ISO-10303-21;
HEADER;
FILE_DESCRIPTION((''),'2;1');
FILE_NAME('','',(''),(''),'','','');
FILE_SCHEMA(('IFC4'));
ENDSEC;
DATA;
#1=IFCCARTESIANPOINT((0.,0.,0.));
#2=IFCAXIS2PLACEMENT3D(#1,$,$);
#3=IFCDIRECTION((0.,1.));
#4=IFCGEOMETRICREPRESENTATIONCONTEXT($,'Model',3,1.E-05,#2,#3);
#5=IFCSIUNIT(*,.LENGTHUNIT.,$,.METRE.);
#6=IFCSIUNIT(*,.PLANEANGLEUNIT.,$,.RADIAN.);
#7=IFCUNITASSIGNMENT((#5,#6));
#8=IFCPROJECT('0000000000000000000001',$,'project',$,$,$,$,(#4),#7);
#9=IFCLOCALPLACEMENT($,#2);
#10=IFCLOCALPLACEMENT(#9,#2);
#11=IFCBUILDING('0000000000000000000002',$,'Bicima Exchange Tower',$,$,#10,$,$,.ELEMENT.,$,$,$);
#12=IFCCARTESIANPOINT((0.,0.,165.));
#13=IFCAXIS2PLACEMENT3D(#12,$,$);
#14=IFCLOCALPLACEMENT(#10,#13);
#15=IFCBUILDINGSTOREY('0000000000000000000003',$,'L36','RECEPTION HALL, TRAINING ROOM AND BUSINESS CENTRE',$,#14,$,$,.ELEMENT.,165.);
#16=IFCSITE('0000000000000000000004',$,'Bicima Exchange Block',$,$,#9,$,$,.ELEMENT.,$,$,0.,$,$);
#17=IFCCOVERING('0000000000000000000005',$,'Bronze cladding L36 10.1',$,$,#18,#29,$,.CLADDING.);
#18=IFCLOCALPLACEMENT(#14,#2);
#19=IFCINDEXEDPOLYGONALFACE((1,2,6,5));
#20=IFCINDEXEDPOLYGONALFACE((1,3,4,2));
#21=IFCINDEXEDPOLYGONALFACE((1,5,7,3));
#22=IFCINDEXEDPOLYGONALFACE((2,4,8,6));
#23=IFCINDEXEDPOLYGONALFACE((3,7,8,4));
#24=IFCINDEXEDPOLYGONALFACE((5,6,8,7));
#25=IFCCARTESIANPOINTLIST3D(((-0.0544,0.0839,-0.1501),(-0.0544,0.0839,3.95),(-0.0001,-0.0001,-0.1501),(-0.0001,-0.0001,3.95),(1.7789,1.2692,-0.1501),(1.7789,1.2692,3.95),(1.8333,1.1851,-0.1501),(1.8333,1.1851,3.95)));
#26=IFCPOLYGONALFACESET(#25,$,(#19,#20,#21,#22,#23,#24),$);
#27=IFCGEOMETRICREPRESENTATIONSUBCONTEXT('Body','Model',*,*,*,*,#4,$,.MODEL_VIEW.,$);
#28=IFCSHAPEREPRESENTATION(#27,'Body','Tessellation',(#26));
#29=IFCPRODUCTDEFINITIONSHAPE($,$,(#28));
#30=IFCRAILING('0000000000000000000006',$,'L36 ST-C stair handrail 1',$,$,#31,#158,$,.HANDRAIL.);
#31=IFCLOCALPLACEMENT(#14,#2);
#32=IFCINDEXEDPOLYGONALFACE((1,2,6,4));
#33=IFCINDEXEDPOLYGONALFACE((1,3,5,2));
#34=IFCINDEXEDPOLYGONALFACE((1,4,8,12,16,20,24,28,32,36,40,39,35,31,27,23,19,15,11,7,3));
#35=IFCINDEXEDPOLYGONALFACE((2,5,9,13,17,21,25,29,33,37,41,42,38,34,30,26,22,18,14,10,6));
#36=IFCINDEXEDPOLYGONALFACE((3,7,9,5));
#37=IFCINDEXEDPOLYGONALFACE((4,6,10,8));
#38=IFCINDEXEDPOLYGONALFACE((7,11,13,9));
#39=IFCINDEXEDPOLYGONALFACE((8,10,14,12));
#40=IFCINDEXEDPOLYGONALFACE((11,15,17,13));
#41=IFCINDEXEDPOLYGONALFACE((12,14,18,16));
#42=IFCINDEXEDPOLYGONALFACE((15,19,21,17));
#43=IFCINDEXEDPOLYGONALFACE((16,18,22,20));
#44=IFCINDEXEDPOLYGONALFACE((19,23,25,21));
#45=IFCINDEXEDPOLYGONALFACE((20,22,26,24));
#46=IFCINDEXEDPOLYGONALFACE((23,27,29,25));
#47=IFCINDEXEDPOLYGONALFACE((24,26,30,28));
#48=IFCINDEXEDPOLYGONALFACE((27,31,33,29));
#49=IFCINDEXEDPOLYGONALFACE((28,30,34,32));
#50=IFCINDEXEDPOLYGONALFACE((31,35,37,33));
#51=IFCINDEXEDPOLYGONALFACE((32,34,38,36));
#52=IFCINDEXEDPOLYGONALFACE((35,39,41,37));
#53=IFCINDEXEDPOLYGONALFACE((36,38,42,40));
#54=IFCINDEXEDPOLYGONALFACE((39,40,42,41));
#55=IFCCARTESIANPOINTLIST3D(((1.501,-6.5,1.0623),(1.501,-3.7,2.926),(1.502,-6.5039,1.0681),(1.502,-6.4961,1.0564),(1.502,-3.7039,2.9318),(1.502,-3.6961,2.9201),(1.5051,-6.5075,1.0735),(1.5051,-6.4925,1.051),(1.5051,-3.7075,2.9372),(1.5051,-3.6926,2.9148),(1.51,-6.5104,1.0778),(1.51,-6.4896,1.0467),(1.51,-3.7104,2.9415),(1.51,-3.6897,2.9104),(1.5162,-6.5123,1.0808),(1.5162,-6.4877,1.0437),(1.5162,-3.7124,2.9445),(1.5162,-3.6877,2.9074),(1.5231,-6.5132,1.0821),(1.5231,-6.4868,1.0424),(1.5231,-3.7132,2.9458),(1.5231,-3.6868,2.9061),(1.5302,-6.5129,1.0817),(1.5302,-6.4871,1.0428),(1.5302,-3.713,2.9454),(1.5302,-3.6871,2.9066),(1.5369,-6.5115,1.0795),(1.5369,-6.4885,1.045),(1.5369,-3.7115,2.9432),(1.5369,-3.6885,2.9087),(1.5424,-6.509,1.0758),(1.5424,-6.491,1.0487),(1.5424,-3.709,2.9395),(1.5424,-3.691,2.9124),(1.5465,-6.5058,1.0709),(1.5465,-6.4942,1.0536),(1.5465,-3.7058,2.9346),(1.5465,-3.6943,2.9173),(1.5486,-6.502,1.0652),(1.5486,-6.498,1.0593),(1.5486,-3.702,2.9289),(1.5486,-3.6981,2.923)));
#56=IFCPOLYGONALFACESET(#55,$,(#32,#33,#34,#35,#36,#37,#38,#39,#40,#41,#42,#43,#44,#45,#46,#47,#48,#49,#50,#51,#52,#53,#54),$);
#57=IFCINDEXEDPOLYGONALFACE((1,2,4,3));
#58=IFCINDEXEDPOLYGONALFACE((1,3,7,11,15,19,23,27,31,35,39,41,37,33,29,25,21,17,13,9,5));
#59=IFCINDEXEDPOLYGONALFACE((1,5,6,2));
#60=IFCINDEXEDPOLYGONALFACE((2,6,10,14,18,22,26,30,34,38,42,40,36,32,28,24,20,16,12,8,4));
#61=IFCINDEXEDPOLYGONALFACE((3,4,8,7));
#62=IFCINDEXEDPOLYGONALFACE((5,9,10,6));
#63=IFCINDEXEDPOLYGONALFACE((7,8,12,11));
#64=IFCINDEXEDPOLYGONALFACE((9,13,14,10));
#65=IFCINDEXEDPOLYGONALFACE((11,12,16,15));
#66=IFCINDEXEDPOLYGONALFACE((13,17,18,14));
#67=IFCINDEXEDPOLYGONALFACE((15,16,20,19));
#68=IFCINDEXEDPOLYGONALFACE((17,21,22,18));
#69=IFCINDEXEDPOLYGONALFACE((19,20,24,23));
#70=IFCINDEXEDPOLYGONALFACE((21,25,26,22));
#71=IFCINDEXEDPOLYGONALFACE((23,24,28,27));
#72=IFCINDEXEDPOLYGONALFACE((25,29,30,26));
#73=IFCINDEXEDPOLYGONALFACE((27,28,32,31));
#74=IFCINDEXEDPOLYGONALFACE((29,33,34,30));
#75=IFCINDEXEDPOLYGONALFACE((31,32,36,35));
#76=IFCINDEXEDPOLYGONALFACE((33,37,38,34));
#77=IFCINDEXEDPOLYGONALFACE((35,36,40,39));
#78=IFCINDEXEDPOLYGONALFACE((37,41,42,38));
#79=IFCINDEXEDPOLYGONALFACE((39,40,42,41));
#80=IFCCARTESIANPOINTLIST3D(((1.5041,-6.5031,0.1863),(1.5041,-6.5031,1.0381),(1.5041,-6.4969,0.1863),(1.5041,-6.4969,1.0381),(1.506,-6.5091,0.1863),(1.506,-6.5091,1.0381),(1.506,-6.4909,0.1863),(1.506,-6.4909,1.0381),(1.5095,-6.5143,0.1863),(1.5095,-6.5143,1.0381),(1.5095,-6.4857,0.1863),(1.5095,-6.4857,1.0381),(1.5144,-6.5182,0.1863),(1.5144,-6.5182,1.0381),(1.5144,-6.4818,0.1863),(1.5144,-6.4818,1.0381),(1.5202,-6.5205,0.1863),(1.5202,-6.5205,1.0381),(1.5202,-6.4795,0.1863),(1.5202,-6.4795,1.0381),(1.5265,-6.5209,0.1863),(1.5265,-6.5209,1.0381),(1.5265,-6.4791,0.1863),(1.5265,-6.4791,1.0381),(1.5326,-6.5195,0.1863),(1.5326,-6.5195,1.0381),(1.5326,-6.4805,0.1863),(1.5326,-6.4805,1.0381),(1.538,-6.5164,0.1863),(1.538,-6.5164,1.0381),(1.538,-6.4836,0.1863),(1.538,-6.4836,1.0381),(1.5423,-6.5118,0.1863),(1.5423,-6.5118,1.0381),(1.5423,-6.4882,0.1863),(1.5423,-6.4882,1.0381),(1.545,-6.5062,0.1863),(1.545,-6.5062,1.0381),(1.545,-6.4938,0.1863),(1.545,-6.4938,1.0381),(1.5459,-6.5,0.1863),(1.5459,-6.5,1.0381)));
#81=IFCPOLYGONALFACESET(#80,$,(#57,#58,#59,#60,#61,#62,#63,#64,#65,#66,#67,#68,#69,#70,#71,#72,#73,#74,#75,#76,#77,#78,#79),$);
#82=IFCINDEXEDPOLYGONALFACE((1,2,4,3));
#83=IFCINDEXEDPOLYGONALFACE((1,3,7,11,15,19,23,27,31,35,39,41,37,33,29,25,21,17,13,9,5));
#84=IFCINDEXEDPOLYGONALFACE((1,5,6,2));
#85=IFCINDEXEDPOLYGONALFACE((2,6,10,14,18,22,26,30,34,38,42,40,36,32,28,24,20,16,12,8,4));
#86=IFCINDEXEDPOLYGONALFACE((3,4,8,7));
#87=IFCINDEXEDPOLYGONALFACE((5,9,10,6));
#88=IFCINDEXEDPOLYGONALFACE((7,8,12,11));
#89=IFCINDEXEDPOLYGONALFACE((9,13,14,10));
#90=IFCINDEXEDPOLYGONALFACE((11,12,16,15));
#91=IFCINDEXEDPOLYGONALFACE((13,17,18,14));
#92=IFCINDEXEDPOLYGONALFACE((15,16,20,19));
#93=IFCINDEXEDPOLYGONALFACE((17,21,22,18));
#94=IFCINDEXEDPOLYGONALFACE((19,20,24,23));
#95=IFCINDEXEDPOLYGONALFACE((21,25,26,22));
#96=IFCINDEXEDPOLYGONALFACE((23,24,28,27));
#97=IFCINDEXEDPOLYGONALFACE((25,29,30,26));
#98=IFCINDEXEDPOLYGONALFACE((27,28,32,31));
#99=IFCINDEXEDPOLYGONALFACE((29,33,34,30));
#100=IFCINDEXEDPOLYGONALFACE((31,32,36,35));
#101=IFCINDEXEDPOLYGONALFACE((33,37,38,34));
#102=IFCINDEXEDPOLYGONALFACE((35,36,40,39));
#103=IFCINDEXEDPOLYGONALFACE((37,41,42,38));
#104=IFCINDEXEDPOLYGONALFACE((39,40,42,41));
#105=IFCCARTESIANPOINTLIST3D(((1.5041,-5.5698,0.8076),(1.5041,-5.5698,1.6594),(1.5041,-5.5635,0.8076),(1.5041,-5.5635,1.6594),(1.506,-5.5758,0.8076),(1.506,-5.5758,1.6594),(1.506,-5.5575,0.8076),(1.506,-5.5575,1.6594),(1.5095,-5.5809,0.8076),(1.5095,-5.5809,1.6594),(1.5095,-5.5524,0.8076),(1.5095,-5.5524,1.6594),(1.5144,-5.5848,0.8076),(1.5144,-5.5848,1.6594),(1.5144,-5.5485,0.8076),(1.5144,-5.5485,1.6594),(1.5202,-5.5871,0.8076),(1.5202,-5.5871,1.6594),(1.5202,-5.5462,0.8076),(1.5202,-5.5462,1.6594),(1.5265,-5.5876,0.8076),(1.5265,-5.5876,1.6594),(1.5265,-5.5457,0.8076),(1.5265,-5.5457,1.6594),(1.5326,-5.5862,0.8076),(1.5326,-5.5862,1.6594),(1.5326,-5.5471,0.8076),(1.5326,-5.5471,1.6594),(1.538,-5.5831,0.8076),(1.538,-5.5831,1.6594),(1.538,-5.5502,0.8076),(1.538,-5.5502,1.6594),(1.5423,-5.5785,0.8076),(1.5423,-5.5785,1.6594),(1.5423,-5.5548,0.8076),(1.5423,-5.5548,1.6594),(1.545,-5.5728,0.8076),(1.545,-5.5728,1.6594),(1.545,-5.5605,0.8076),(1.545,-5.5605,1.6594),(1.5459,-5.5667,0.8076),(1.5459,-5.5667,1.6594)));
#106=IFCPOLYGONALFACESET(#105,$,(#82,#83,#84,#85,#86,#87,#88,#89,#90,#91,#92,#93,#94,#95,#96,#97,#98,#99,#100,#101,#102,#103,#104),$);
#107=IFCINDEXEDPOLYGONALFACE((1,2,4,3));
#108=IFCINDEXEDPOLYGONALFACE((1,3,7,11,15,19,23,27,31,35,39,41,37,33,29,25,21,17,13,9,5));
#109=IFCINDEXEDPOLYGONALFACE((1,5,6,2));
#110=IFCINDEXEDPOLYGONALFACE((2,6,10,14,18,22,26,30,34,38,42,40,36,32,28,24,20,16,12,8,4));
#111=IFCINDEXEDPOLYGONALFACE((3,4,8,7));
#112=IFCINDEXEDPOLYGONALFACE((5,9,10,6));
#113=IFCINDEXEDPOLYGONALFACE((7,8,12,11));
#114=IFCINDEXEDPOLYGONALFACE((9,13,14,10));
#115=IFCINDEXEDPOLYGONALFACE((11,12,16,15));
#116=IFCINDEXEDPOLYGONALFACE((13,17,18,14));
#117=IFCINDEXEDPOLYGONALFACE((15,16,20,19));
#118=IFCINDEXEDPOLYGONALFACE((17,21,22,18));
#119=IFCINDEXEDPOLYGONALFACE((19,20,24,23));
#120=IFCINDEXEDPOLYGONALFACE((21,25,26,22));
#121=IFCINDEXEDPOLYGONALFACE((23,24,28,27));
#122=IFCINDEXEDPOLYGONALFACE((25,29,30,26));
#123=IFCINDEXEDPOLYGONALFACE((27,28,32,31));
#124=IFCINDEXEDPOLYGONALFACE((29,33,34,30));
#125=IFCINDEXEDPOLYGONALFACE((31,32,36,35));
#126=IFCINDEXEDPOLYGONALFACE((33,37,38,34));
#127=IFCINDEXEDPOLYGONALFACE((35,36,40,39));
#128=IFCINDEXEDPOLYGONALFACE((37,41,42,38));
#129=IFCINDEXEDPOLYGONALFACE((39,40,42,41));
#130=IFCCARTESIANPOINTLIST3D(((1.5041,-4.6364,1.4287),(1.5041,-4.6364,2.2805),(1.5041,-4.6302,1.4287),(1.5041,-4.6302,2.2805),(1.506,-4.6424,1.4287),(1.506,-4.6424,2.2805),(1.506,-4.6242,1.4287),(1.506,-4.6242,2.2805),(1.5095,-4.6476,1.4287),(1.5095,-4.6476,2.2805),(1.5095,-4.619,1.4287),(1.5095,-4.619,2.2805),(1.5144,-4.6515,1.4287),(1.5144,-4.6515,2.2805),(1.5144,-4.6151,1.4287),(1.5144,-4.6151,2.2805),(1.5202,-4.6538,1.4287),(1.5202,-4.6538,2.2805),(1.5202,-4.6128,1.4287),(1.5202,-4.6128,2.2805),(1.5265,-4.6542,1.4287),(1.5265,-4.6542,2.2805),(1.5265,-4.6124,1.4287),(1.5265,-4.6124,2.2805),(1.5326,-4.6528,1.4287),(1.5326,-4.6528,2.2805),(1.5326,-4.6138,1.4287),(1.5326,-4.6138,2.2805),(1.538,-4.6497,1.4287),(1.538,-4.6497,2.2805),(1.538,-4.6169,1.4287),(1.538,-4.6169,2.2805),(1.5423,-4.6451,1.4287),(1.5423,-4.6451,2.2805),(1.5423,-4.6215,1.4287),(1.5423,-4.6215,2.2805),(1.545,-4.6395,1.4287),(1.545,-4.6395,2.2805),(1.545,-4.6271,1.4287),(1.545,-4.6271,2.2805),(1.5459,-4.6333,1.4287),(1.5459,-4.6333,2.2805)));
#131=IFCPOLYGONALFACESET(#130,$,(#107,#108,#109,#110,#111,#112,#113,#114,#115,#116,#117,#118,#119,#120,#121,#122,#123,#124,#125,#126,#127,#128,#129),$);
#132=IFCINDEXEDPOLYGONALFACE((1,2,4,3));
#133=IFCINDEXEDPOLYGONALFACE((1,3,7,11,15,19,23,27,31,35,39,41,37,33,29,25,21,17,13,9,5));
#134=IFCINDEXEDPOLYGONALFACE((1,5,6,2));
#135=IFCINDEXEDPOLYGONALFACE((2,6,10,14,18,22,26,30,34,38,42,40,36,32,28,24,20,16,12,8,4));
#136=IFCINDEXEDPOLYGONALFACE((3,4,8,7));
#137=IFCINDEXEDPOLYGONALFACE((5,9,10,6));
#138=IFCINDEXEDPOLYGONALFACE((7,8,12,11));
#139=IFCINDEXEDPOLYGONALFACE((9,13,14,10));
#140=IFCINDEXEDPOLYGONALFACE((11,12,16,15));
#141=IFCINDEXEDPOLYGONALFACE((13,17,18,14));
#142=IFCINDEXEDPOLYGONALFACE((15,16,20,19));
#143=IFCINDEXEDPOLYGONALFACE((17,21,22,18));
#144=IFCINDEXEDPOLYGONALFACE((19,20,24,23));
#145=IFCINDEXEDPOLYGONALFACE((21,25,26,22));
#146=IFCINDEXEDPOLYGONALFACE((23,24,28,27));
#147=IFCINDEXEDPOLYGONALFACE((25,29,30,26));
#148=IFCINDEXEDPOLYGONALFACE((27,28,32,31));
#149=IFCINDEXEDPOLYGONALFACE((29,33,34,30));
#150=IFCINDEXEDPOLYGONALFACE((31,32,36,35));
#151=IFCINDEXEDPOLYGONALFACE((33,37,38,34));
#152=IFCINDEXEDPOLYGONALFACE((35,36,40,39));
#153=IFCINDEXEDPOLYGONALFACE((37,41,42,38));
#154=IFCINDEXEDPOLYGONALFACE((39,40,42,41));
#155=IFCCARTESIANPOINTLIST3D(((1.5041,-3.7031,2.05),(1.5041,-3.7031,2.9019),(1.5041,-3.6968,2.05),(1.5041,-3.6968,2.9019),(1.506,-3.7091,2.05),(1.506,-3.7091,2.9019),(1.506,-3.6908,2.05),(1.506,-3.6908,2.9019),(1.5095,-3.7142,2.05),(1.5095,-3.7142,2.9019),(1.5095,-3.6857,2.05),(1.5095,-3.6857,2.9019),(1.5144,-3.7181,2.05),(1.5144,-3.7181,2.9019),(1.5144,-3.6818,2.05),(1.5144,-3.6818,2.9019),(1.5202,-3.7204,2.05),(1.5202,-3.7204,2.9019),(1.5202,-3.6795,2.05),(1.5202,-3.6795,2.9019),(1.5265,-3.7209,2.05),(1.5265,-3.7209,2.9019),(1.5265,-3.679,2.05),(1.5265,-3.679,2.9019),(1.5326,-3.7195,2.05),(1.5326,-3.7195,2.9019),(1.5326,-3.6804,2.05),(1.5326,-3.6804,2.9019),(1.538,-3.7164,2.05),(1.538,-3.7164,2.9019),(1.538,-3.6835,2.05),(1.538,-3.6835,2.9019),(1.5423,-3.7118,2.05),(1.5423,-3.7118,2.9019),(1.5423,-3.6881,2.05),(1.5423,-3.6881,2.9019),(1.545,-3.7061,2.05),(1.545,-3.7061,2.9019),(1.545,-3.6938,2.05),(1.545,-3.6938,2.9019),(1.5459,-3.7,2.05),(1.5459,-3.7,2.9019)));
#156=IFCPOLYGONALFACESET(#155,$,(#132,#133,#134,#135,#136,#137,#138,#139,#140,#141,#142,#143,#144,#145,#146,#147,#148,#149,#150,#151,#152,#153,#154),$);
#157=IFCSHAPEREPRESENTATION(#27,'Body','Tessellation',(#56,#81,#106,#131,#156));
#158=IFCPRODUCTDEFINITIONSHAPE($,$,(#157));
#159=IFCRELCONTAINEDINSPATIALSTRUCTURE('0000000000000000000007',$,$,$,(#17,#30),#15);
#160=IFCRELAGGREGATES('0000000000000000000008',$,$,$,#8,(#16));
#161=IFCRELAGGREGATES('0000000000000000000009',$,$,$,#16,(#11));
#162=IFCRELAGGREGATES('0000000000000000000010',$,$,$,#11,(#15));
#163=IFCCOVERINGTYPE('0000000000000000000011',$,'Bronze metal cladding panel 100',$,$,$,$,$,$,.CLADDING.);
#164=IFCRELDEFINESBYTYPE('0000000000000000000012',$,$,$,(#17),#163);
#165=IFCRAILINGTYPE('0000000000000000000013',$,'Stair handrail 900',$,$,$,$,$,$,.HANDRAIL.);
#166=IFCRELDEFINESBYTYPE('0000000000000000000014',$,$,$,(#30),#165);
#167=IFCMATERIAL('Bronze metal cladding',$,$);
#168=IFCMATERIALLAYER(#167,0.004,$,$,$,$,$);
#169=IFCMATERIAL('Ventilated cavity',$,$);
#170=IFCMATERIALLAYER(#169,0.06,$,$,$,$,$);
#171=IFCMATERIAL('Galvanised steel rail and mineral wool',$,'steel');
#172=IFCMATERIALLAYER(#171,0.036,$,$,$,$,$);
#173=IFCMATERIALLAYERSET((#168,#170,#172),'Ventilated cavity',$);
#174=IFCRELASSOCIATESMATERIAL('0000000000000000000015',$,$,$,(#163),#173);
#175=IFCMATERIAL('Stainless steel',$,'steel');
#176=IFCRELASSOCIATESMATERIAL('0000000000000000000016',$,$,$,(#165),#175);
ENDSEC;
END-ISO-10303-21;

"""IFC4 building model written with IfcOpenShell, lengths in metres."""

from ifc_helpers import new_model, si_unit, direction, frame, origin, origin_2d, place, context, subcontext, project, spatial, rectangle, circle, extrude, material, layer, layer_set, type_object, element, save


model = new_model("IFC4")

# Units and contexts
model_context = context("Model", 3, precision=1e-05, world=origin(), true_north=direction((0.0, 1.0)))
body_context = subcontext(model_context, "Body", "Model", "MODEL_VIEW")
ifc_project = project(units=[si_unit("LENGTHUNIT", "METRE"), si_unit("PLANEANGLEUNIT", "RADIAN")], contexts=[model_context])

# Site, building, storey
site_placement = place(None, origin())
site = spatial("IfcSite", under=ifc_project, at=site_placement, Name="Bicima Exchange Block", CompositionType="ELEMENT", RefElevation=0.0)
building_placement = place(site_placement, origin())
building = spatial("IfcBuilding", under=site, at=building_placement, Name="Bicima Exchange Tower", CompositionType="ELEMENT")
storey_placement = place(building_placement, frame((0.0, 0.0, 165.0)))
storey = spatial("IfcBuildingStorey", under=building, at=storey_placement, Name="L36", Description="RECEPTION HALL, TRAINING ROOM AND BUSINESS CENTRE", CompositionType="ELEMENT", Elevation=165.0)

# Shared definitions
ifc_material_1 = material(Name="Stainless steel", Category="steel")

# Covering
ifc_material_2 = material(Name="Bronze metal cladding")
ifc_layer_1 = layer(ifc_material_2, 0.004)
ifc_material_3 = material(Name="Ventilated cavity")
ifc_layer_2 = layer(ifc_material_3, 0.06)
ifc_material_4 = material(Name="Galvanised steel rail and mineral wool", Category="steel")
ifc_layer_3 = layer(ifc_material_4, 0.036)
ifc_layer_set_1 = layer_set([ifc_layer_1, ifc_layer_2, ifc_layer_3], Name="Ventilated cavity")
covering_type = type_object("IfcCoveringType", Name="Bronze metal cladding panel 100", PredefinedType="CLADDING", material=ifc_layer_set_1)
covering_1_placement = place(storey_placement, frame((0.8894, 0.6345, -0.1501), z_axis=(0.0, 0.0, 1.0), x_axis=(-0.83979, -0.542911, 0.0)))
element("IfcCovering", 1, at=covering_1_placement, inside=storey, type_object=covering_type, Name="Bronze cladding L36 10.1", PredefinedType="CLADDING", context=body_context, shape_type="SweptSolid", body=[
    extrude(rectangle(XDim=2.1831, YDim=0.1001, at=origin_2d()), origin(), (0.0, 0.0, 1.0), 4.1001),
])

# Railing
railing_type_1 = type_object("IfcRailingType", Name="Stair handrail 900", PredefinedType="HANDRAIL", material=ifc_material_1)
railing_1_placement = place(storey_placement, frame((1.5249, -6.5, 0.1863)))
element("IfcRailing", 2, at=railing_1_placement, inside=storey, type_object=railing_type_1, Name="L36 ST-C stair handrail 1", PredefinedType="HANDRAIL", context=body_context, shape_type="SweptSolid", body=[
    extrude(circle(Radius=0.0239, at=origin_2d()), frame((0.0, 0.0, 0.876), z_axis=(0.0, 0.832452, 0.554097), x_axis=(-1.0, 0.0, 0.0)), (0.0, 0.0, 1.0), 3.3635),
    extrude(circle(Radius=0.021, at=origin_2d()), origin(), (0.0, 0.0, 1.0), 0.8518),
    extrude(circle(Radius=0.021, at=origin_2d()), frame((0.0, 0.9333, 0.6213)), (0.0, 0.0, 1.0), 0.8518),
    extrude(circle(Radius=0.021, at=origin_2d()), frame((0.0, 1.8667, 1.2424)), (0.0, 0.0, 1.0), 0.8518),
    extrude(circle(Radius=0.021, at=origin_2d()), frame((0.0, 2.8, 1.8638)), (0.0, 0.0, 1.0), 0.8518),
])

save(model, "model.ifc")
